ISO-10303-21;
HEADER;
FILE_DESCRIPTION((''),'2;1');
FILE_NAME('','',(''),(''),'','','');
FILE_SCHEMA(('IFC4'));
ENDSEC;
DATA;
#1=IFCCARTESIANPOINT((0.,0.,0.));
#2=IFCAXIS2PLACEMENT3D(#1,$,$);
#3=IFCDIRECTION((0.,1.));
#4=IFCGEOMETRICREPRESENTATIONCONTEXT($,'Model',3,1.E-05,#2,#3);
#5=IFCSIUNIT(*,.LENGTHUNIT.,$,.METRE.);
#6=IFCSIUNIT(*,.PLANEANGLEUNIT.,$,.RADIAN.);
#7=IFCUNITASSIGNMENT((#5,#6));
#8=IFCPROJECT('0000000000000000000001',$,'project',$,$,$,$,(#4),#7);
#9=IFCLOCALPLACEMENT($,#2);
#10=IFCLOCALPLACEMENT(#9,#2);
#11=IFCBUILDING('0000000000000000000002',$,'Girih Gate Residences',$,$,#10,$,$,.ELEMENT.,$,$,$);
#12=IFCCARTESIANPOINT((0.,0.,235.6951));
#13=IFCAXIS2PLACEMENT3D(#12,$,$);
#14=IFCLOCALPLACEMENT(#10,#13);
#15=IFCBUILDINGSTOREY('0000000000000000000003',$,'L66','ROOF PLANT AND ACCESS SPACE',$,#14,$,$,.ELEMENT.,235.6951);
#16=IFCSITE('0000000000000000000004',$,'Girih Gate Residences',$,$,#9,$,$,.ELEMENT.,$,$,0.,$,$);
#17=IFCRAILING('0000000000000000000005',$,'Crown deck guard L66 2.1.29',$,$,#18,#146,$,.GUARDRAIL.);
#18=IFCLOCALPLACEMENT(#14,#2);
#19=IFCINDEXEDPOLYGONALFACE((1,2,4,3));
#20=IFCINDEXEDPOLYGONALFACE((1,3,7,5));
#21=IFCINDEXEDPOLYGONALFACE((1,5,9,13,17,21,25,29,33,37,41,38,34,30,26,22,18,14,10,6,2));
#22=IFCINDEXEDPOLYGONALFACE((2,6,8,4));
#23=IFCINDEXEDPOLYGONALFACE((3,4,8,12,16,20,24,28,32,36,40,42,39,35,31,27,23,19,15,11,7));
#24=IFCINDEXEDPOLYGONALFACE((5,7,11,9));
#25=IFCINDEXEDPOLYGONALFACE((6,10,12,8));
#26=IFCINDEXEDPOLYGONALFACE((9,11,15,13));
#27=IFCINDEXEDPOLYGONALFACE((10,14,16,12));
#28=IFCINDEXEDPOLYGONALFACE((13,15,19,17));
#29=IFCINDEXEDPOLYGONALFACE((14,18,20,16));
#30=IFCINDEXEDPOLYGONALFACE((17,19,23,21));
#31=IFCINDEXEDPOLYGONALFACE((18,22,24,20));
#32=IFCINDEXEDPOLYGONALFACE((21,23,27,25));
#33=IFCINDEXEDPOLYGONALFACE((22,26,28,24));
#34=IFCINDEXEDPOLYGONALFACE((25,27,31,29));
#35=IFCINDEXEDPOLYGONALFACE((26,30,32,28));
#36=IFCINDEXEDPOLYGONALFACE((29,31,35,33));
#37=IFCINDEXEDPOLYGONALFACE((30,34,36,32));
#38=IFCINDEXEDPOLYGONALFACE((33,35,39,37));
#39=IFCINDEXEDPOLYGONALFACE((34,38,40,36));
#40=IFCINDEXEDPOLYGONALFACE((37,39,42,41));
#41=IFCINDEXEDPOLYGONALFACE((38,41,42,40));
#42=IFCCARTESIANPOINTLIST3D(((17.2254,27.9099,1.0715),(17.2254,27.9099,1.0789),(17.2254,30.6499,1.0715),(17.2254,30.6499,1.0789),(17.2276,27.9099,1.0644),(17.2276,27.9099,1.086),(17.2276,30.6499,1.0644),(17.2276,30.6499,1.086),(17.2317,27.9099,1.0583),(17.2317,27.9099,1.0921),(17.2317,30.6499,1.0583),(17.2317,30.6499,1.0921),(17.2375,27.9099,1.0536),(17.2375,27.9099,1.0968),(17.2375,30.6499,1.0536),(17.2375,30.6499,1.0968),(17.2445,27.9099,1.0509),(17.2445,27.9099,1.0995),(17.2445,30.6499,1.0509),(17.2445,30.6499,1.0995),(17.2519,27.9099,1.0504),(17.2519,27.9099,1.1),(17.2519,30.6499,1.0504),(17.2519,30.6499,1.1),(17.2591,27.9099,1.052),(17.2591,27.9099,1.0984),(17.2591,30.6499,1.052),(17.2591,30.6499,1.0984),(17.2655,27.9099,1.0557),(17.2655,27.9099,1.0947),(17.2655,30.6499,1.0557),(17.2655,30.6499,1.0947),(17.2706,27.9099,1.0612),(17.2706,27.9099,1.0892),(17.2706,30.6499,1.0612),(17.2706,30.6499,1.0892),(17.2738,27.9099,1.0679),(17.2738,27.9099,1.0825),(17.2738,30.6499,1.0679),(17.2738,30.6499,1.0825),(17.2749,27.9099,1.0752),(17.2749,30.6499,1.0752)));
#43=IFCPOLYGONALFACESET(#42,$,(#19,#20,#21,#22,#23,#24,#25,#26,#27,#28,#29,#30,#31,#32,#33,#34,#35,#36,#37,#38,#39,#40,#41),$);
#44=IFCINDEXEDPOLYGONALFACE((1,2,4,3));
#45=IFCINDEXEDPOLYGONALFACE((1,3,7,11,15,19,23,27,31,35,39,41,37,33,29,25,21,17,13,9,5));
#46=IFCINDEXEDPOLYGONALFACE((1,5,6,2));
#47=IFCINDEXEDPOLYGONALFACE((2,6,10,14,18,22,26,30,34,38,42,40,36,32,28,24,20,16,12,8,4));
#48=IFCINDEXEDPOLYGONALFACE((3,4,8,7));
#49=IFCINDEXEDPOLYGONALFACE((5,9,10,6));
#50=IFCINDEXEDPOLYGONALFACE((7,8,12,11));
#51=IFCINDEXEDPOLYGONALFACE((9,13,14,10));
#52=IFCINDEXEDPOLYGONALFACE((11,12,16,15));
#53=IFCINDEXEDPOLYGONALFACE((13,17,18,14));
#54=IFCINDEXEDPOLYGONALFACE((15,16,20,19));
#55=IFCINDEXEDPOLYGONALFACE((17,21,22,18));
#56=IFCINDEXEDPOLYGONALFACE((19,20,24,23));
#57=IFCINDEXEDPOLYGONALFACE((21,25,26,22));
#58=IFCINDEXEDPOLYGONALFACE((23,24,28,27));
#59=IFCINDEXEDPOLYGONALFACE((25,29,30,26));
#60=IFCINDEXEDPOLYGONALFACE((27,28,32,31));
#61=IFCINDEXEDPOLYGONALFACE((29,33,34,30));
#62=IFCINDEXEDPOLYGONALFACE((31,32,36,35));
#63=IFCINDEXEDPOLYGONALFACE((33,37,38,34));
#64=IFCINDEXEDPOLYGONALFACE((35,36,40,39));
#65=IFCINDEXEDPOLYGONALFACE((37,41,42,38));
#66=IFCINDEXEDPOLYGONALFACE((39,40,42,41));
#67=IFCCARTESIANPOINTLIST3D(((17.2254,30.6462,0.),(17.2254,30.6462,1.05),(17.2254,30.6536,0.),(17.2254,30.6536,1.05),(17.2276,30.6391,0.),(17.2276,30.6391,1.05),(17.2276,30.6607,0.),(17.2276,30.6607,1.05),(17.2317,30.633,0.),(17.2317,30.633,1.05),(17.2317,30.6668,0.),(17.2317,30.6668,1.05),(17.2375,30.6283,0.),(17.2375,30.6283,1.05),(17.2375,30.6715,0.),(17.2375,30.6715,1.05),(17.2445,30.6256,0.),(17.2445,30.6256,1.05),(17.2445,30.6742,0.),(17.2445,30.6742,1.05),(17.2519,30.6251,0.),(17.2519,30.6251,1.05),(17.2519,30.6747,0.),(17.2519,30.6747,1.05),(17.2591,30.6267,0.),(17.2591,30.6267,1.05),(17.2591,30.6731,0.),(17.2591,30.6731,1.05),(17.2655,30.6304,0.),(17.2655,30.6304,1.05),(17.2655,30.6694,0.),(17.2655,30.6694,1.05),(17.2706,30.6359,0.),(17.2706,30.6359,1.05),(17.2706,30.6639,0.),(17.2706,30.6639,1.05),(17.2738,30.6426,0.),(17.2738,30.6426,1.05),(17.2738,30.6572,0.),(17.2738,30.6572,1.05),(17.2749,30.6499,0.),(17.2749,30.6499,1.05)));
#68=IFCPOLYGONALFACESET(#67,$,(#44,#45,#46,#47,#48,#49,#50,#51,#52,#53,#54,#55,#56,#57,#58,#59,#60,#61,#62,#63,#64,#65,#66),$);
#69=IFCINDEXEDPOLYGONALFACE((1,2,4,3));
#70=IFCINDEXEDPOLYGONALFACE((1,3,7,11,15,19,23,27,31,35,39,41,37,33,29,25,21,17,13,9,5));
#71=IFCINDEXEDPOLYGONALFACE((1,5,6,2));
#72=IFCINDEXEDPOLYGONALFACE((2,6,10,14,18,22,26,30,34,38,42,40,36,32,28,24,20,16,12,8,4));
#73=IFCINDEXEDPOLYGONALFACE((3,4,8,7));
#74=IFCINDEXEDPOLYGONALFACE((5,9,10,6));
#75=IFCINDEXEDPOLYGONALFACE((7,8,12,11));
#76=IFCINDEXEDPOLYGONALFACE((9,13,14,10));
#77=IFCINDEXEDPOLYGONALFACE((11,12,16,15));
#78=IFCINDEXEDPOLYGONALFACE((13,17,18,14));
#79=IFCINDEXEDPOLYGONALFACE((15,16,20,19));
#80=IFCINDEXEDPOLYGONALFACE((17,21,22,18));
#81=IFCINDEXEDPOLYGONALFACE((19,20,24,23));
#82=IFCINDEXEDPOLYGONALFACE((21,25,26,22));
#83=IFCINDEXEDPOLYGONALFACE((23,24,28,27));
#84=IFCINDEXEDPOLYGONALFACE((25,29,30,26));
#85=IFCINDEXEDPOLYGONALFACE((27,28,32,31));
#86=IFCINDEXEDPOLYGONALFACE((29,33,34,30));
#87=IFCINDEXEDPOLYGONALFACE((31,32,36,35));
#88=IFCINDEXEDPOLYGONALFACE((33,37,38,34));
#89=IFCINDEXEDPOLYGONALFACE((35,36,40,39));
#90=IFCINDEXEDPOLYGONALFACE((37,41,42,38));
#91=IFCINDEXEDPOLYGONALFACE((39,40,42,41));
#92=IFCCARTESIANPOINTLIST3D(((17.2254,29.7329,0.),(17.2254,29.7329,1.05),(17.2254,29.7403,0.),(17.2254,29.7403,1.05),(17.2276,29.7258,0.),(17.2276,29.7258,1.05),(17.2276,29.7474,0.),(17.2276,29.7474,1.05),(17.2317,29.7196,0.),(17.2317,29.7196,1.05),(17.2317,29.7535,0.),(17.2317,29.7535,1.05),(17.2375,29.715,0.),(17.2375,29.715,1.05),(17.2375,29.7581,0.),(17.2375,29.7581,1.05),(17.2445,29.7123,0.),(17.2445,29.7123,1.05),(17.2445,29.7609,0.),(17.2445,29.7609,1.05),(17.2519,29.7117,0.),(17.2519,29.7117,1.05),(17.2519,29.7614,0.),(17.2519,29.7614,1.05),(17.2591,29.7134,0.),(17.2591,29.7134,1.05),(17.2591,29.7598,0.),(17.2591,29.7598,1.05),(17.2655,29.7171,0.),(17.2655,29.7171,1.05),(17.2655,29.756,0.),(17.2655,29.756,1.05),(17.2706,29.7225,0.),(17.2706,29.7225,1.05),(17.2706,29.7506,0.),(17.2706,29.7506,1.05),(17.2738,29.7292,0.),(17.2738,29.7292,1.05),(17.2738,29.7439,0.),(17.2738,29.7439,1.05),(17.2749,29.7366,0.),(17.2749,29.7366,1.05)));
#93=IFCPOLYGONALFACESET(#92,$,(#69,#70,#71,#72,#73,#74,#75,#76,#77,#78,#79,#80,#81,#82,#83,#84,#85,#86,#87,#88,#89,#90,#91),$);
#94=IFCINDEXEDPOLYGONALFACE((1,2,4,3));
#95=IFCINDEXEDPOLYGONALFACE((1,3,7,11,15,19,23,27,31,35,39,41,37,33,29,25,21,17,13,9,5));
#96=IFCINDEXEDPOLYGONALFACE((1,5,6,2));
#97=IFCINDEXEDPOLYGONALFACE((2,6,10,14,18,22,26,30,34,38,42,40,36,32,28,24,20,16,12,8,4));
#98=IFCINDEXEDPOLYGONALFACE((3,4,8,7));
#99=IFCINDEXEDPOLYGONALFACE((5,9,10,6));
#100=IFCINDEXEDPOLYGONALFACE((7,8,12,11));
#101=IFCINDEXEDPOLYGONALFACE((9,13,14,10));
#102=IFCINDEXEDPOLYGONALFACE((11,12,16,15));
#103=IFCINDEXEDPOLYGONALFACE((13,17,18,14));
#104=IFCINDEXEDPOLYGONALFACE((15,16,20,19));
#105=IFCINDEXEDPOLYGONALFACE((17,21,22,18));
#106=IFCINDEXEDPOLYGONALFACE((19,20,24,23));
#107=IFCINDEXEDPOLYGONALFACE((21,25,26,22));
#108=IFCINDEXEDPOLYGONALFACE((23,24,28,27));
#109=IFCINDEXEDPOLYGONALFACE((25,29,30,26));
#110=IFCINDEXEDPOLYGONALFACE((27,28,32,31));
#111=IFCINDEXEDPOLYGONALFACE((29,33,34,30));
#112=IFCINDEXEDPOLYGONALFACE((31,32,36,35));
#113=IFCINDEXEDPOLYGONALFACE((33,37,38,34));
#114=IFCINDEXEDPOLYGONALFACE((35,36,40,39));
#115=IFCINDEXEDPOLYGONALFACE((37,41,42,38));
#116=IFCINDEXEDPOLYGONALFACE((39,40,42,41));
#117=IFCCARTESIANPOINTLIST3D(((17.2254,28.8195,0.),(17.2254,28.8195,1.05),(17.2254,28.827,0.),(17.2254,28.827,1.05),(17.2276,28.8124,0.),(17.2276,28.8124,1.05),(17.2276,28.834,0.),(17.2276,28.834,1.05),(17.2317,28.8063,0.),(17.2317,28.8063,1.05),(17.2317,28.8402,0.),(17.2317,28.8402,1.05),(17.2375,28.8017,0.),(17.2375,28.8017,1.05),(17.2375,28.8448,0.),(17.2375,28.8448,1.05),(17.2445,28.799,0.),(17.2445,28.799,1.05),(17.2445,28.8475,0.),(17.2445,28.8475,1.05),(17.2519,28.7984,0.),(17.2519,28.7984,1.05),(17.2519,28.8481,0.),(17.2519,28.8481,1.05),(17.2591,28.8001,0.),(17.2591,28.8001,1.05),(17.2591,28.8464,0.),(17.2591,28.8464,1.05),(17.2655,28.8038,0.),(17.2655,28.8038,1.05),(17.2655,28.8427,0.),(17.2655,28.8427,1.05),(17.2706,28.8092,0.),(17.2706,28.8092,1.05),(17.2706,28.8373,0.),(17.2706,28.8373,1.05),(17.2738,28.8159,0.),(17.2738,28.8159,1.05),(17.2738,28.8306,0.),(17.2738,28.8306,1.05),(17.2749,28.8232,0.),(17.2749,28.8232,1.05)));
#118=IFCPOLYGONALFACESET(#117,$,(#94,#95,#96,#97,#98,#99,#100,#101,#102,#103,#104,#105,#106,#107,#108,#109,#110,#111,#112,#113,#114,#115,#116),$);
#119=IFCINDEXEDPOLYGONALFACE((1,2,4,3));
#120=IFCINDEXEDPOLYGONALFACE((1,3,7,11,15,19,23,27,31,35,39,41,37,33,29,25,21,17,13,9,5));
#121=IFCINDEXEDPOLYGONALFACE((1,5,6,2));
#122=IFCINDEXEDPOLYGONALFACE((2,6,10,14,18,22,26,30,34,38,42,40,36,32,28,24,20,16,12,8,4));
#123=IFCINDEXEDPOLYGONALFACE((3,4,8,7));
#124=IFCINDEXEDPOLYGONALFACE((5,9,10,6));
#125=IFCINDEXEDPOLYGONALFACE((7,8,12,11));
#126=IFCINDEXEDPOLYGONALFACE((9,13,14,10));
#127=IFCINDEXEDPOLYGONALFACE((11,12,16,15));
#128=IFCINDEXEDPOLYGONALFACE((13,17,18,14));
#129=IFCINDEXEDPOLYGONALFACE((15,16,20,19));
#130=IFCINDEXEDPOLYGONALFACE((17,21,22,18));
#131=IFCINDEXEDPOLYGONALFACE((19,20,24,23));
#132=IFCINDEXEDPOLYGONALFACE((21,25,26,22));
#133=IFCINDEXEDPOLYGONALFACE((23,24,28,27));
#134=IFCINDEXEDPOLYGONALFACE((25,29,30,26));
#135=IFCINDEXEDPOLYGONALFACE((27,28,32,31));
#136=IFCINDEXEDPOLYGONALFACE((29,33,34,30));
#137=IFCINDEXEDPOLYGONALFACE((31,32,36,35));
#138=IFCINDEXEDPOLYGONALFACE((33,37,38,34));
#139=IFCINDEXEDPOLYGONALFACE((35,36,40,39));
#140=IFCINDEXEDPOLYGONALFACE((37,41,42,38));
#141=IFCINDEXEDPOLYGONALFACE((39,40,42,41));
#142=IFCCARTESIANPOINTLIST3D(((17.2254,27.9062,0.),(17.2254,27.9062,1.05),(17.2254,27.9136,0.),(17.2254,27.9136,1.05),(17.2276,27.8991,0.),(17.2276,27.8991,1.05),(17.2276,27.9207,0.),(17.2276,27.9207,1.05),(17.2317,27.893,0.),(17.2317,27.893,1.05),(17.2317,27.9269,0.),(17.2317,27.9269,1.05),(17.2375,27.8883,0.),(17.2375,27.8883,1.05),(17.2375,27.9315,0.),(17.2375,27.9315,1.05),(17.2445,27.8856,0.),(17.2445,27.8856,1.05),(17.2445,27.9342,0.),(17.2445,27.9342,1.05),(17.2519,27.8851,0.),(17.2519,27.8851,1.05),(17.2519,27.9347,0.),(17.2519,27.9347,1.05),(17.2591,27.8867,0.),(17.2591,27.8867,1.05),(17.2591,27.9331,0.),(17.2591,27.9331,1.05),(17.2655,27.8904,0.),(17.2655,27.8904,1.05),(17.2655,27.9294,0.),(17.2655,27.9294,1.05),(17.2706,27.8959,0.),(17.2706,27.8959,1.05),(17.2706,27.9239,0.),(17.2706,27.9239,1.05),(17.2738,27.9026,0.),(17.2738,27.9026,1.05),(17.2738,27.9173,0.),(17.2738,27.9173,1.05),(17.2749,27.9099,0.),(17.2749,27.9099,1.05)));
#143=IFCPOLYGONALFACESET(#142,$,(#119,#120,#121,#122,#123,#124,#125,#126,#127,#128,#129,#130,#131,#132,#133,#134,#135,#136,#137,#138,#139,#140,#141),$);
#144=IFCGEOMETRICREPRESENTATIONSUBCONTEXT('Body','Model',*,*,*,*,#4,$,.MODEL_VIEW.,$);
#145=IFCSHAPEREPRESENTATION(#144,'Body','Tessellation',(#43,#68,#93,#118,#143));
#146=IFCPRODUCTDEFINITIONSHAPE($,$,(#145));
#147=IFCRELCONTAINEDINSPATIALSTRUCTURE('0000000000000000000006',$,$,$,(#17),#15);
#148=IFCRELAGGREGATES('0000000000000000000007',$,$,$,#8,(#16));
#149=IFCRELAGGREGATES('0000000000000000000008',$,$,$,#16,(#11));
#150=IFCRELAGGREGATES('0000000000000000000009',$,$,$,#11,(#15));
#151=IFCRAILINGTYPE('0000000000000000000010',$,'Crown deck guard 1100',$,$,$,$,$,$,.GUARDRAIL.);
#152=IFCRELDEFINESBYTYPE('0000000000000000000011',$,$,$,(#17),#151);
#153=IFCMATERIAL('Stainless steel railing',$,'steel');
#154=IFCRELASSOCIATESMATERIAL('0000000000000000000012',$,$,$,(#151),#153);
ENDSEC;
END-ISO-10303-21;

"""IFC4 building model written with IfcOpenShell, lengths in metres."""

from ifc_helpers import new_model, si_unit, direction, frame, origin, origin_2d, place, context, subcontext, project, spatial, circle, extrude, material, type_object, element, save


model = new_model("IFC4")

# Units and contexts
model_context = context("Model", 3, precision=1e-05, world=origin(), true_north=direction((0.0, 1.0)))
body_context = subcontext(model_context, "Body", "Model", "MODEL_VIEW")
ifc_project = project(units=[si_unit("LENGTHUNIT", "METRE"), si_unit("PLANEANGLEUNIT", "RADIAN")], contexts=[model_context])

# Site, building, storey
site_placement = place(None, origin())
site = spatial("IfcSite", under=ifc_project, at=site_placement, Name="Girih Gate Residences", CompositionType="ELEMENT", RefElevation=0.0)
building_placement = place(site_placement, origin())
building = spatial("IfcBuilding", under=site, at=building_placement, Name="Girih Gate Residences", CompositionType="ELEMENT")
storey_placement = place(building_placement, frame((0.0, 0.0, 235.6951)))
storey = spatial("IfcBuildingStorey", under=building, at=storey_placement, Name="L66", Description="ROOF PLANT AND ACCESS SPACE", CompositionType="ELEMENT", Elevation=235.6951)

# Railing
ifc_material_1 = material(Name="Stainless steel railing", Category="steel")
railing_type = type_object("IfcRailingType", Name="Crown deck guard 1100", PredefinedType="GUARDRAIL", material=ifc_material_1)
railing_1_placement = place(storey_placement, frame((17.25, 30.6499, 0.0)))
element("IfcRailing", 1, at=railing_1_placement, inside=storey, type_object=railing_type, Name="Crown deck guard L66 2.1.29", PredefinedType="GUARDRAIL", context=body_context, shape_type="SweptSolid", body=[
    extrude(circle(Radius=0.0249, at=origin_2d()), frame((0.0, 0.0, 1.0752), z_axis=(0.0, -1.0, 0.0), x_axis=(1.0, 0.0, 0.0)), (0.0, 0.0, 1.0), 2.74),
    extrude(circle(Radius=0.0249, at=origin_2d()), origin(), (0.0, 0.0, 1.0), 1.05),
    extrude(circle(Radius=0.0249, at=origin_2d()), frame((0.0, -0.9133, 0.0)), (0.0, 0.0, 1.0), 1.05),
    extrude(circle(Radius=0.0249, at=origin_2d()), frame((0.0, -1.8267, 0.0)), (0.0, 0.0, 1.0), 1.05),
    extrude(circle(Radius=0.0249, at=origin_2d()), frame((0.0, -2.74, 0.0)), (0.0, 0.0, 1.0), 1.05),
])

save(model, "model.ifc")
